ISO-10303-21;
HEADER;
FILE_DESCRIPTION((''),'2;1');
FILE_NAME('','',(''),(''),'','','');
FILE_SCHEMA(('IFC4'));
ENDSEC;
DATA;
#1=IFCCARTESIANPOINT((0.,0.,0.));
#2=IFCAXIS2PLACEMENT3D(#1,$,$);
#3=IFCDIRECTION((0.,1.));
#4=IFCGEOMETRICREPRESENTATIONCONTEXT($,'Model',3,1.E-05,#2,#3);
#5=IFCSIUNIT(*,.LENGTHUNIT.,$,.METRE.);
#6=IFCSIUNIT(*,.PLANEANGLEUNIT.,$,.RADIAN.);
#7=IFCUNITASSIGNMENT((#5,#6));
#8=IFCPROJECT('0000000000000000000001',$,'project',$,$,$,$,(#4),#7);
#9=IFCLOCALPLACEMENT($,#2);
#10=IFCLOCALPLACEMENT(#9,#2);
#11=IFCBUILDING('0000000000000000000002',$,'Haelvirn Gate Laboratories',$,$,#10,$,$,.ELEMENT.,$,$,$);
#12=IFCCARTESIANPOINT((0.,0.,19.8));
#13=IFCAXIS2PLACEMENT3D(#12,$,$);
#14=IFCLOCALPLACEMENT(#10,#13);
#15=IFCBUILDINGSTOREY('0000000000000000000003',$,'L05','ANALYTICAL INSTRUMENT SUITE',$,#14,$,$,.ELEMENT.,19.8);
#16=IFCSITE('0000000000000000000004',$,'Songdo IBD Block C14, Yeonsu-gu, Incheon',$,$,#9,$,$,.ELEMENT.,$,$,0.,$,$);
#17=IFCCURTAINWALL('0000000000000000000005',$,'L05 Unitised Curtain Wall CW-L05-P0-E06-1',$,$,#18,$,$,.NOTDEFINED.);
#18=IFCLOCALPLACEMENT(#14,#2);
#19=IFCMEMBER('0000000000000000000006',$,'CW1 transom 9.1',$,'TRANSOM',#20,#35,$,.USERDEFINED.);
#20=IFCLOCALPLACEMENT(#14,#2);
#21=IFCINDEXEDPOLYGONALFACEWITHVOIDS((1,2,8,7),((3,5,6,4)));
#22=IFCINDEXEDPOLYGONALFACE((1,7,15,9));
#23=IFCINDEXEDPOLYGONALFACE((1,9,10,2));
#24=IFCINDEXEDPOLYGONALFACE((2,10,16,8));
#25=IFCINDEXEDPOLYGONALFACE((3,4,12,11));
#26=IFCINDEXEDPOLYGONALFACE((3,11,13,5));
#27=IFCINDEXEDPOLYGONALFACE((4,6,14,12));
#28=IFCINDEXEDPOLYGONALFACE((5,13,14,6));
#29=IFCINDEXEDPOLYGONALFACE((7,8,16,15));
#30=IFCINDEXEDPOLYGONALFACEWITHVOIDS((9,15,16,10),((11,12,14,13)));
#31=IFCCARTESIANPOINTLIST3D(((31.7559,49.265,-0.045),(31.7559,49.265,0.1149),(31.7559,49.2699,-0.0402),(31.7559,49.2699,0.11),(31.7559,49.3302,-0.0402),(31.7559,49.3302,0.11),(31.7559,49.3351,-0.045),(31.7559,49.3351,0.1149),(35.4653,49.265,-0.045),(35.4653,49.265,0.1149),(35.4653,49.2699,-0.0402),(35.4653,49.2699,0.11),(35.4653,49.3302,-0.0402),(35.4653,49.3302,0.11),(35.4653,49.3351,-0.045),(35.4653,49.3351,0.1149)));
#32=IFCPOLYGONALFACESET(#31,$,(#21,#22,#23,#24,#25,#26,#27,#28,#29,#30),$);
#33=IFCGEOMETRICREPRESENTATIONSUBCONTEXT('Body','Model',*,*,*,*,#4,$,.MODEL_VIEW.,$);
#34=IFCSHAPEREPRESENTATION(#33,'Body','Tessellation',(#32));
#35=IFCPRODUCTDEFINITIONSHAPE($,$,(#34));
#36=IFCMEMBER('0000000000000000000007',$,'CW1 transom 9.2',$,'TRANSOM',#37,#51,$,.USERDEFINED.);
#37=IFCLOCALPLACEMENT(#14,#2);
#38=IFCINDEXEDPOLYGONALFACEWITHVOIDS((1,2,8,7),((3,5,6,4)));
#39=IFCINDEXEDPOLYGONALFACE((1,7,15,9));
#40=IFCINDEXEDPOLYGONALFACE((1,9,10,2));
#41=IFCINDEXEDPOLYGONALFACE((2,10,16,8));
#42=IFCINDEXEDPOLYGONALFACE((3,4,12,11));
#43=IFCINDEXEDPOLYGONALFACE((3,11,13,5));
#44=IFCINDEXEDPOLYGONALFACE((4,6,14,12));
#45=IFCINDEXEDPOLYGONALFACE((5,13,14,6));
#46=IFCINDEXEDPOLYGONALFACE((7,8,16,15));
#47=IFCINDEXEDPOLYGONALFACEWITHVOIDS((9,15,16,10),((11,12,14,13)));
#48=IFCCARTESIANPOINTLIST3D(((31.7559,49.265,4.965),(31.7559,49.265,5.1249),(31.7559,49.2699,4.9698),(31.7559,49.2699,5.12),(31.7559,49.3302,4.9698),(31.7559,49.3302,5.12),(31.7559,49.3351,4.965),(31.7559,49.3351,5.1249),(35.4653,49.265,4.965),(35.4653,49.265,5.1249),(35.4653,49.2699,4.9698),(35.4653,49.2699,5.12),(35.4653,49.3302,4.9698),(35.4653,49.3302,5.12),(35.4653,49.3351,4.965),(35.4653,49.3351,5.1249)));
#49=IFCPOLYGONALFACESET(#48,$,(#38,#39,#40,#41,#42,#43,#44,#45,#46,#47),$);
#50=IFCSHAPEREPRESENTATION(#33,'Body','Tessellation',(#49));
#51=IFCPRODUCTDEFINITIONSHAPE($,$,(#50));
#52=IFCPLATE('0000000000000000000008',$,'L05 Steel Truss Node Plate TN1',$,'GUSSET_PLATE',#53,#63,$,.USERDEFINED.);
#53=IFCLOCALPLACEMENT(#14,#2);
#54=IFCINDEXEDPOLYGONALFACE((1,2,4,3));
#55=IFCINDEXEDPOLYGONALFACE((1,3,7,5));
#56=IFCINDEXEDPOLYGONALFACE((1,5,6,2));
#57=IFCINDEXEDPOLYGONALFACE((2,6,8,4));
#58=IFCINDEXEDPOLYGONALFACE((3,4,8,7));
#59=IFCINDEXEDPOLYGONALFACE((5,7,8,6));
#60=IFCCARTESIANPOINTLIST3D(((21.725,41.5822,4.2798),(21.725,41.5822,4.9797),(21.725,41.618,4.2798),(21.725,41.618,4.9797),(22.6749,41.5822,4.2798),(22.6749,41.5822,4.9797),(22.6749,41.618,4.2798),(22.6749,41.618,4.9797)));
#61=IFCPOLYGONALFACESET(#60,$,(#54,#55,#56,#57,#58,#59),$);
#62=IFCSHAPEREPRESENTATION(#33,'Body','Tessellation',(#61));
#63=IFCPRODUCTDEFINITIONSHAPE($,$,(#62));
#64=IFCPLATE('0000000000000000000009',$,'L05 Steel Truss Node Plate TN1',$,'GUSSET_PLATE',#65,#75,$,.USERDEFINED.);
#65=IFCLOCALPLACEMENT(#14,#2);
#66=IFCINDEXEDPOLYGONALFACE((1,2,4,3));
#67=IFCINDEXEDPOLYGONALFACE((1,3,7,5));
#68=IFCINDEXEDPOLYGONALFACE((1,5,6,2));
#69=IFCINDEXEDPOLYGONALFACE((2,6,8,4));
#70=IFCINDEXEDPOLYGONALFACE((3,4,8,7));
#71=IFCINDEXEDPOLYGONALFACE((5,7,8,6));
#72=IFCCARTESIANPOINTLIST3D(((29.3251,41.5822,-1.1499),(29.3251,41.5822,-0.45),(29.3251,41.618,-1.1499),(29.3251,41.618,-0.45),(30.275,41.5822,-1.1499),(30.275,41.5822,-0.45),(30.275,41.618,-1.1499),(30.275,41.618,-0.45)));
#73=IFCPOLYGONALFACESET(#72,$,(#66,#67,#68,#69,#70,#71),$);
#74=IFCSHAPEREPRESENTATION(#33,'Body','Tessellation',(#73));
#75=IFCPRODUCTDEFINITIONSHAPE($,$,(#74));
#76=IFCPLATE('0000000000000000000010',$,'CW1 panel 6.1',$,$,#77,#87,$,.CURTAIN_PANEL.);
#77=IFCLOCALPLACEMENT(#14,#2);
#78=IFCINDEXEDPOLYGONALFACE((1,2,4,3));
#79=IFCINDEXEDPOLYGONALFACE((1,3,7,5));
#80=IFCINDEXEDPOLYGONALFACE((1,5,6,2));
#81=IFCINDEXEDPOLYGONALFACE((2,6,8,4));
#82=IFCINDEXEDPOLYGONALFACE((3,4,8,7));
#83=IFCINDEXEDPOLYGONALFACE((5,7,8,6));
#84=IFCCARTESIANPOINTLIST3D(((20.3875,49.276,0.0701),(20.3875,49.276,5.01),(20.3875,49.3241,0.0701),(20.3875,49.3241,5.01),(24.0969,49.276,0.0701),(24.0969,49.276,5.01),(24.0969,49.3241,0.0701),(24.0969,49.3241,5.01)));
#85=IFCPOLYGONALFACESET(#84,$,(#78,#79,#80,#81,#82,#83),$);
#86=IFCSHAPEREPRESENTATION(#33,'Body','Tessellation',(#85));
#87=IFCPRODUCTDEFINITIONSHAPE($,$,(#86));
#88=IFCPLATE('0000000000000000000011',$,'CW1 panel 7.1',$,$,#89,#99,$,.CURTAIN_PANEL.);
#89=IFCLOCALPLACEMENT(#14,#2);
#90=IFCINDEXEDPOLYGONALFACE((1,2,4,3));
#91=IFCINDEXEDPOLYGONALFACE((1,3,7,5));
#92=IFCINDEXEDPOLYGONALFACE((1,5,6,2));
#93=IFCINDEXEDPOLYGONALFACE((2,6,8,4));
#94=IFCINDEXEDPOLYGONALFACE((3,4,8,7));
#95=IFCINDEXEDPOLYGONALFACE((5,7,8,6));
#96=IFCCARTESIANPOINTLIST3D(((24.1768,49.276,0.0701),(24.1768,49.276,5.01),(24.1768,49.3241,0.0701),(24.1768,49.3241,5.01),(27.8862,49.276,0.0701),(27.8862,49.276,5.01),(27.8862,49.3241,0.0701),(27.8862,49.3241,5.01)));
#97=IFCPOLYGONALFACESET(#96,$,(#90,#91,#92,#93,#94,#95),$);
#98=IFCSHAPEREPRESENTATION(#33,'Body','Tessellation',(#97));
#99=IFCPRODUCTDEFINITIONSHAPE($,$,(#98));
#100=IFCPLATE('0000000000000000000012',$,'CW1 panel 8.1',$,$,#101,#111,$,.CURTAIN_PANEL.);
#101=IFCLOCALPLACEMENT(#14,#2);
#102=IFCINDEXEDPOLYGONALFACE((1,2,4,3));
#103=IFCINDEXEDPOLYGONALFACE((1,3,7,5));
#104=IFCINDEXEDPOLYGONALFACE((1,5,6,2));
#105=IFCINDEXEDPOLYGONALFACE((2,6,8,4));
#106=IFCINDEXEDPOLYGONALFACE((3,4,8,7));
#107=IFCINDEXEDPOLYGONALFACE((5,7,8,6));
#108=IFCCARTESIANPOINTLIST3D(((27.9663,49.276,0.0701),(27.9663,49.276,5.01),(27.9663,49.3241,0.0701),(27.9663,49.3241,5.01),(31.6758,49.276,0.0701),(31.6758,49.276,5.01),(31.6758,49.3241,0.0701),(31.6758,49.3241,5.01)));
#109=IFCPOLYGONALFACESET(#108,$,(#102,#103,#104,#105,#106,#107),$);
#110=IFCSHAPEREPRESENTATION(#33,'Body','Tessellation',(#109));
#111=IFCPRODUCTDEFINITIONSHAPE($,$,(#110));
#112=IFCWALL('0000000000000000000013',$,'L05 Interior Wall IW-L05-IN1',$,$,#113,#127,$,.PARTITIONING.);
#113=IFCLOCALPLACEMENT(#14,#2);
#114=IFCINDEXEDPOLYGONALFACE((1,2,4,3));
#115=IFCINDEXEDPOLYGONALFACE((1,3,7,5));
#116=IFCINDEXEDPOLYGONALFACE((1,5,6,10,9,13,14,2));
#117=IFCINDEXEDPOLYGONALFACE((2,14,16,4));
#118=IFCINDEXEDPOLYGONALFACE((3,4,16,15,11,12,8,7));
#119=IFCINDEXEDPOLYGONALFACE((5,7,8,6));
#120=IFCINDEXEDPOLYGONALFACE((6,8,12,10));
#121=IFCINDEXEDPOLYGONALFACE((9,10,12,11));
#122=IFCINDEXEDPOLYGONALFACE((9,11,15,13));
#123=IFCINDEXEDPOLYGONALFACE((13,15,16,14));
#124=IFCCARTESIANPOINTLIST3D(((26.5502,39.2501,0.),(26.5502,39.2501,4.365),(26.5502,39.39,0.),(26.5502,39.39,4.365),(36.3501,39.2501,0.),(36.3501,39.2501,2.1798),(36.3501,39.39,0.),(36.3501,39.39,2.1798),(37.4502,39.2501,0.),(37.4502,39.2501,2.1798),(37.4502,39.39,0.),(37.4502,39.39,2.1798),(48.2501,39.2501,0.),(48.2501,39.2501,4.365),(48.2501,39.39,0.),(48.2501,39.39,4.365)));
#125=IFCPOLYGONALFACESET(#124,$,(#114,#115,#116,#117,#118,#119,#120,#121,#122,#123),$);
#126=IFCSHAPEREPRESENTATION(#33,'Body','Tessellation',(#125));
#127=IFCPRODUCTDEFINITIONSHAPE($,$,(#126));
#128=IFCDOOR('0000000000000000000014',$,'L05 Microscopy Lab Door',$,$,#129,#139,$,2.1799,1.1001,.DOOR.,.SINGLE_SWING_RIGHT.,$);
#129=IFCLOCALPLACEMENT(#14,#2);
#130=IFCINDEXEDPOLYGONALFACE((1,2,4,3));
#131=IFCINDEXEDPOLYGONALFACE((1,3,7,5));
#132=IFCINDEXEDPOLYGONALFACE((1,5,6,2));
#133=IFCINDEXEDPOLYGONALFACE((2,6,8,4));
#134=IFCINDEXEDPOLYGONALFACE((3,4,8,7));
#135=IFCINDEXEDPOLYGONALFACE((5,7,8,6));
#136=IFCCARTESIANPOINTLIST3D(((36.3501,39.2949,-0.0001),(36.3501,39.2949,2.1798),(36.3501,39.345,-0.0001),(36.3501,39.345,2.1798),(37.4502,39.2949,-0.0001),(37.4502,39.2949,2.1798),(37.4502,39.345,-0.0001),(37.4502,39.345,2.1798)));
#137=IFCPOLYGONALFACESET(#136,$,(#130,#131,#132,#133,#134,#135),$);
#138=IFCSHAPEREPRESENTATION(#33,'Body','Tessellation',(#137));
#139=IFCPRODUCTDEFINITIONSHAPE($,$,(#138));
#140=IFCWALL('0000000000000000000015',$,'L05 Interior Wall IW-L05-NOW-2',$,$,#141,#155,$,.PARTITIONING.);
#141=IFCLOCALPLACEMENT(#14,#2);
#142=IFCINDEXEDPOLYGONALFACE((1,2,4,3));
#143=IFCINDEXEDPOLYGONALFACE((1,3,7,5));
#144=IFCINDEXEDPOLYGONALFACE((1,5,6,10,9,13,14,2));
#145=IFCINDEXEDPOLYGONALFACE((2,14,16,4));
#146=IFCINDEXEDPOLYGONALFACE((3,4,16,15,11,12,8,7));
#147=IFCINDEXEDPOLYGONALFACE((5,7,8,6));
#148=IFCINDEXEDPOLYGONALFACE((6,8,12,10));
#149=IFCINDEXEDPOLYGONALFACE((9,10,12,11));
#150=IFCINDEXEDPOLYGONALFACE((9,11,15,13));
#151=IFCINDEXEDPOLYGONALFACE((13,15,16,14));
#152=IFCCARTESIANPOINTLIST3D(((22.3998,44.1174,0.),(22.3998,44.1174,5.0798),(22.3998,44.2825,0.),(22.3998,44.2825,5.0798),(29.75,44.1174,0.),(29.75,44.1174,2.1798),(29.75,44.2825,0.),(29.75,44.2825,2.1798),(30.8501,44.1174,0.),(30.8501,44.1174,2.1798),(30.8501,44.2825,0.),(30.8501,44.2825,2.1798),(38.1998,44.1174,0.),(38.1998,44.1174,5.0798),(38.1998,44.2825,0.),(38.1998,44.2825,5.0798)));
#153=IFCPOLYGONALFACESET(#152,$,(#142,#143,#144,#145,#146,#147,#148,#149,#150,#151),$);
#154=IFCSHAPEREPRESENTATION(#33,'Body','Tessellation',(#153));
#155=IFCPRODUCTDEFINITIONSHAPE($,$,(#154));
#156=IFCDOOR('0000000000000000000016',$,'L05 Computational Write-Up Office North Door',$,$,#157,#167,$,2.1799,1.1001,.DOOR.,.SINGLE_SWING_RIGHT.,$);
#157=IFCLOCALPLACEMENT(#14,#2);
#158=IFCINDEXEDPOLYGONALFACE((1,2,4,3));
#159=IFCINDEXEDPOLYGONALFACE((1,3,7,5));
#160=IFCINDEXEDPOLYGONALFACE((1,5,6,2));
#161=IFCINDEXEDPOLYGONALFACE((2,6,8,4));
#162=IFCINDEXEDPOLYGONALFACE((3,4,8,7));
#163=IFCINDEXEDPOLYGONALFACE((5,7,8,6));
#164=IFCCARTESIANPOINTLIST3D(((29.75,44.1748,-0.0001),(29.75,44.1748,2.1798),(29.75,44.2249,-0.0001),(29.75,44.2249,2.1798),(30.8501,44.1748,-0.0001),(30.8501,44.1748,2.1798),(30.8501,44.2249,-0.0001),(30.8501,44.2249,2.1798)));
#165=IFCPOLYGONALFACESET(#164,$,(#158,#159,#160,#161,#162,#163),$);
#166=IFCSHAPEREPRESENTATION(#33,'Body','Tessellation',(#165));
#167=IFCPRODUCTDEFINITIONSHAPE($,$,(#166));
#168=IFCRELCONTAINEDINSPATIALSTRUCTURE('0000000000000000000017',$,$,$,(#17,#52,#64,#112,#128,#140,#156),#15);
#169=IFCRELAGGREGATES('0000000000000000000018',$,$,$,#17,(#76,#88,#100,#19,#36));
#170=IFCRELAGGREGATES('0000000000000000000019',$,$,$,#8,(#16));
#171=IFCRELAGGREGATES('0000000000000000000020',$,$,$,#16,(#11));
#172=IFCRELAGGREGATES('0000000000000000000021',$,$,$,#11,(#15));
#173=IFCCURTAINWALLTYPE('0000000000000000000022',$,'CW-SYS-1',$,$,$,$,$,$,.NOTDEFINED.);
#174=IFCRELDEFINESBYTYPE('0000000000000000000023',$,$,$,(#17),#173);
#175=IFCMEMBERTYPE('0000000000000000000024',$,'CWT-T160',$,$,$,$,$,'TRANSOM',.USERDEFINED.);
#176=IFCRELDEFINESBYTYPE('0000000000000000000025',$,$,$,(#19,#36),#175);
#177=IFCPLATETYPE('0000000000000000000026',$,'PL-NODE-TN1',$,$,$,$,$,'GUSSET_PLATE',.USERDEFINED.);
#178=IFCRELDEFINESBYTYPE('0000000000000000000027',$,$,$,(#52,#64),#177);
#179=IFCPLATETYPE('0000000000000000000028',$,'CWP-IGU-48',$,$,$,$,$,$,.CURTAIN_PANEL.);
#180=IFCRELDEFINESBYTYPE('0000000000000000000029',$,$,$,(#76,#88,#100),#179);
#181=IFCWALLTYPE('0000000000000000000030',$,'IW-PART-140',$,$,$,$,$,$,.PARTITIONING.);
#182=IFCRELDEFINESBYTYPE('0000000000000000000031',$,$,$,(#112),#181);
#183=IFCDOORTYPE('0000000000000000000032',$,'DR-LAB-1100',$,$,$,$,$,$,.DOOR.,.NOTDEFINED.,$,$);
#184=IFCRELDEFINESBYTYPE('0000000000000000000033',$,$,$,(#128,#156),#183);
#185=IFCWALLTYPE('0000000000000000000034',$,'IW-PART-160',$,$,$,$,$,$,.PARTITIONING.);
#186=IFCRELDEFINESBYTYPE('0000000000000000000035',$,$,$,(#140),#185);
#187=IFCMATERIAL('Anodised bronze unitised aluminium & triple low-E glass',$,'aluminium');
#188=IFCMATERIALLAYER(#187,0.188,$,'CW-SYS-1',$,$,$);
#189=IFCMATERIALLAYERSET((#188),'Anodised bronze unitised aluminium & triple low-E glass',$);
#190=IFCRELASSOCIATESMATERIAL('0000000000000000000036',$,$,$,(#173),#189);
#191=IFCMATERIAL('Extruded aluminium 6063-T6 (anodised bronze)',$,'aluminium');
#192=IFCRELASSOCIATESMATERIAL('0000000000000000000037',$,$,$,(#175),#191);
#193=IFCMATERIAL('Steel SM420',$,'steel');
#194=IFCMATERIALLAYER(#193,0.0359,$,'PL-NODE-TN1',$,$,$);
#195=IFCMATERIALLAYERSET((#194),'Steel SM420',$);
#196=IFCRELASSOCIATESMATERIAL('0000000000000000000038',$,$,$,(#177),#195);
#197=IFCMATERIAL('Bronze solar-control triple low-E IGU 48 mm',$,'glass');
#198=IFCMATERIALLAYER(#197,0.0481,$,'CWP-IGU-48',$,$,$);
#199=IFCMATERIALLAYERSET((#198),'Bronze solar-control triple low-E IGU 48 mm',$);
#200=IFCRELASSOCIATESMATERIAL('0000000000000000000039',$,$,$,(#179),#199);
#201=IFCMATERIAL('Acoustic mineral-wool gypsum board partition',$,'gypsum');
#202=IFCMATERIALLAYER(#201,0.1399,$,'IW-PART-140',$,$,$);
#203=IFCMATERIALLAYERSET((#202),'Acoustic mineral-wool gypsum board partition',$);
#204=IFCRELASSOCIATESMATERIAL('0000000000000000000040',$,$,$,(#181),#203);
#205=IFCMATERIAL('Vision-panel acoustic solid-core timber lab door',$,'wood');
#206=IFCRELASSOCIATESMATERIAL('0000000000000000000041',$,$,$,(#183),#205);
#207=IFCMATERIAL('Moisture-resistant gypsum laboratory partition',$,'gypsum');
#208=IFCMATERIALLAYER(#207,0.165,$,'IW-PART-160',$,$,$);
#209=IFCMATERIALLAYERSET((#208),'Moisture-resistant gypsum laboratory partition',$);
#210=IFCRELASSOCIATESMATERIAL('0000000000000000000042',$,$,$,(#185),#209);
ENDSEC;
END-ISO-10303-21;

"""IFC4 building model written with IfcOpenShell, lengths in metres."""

from ifc_helpers import new_model, si_unit, direction, frame, frame_2d, origin, origin_2d, place, context, subcontext, project, spatial, rectangle, hollow_rectangle, extrude, source, transform, mapped, material, layer, layer_set, material_profile, profile_set, type_object, type_shapes, element, fill, aggregate, save


model = new_model("IFC4")

# Units and contexts
model_context = context("Model", 3, precision=1e-05, world=origin(), true_north=direction((0.0, 1.0)))
body_context = subcontext(model_context, "Body", "Model", "MODEL_VIEW")
ifc_project = project(units=[si_unit("LENGTHUNIT", "METRE"), si_unit("PLANEANGLEUNIT", "RADIAN")], contexts=[model_context])

# Site, building, storey
site_placement = place(None, origin())
site = spatial("IfcSite", under=ifc_project, at=site_placement, Name="Songdo IBD Block C14, Yeonsu-gu, Incheon", CompositionType="ELEMENT", RefElevation=0.0)
building_placement = place(site_placement, origin())
building = spatial("IfcBuilding", under=site, at=building_placement, Name="Haelvirn Gate Laboratories", CompositionType="ELEMENT")
storey_placement = place(building_placement, frame((0.0, 0.0, 19.8)))
storey = spatial("IfcBuildingStorey", under=building, at=storey_placement, Name="L05", Description="ANALYTICAL INSTRUMENT SUITE", CompositionType="ELEMENT", Elevation=19.8)

# Shared definitions
ifc_material_1 = material(Name="Steel SM420", Category="steel")

# Curtain wall, members
ifc_material_2 = material(Name="Anodised bronze unitised aluminium & triple low-E glass", Category="aluminium")
ifc_layer_1 = layer(ifc_material_2, 0.188, Name="CW-SYS-1")
ifc_layer_set_1 = layer_set([ifc_layer_1], Name="Anodised bronze unitised aluminium & triple low-E glass")
curtain_wall_type = type_object("IfcCurtainWallType", Name="CW-SYS-1", PredefinedType="NOTDEFINED", material=ifc_layer_set_1)
curtain_wall_placement = place(storey_placement, origin())
curtain_wall = element("IfcCurtainWall", 1, at=curtain_wall_placement, inside=storey, type_object=curtain_wall_type, Name="L05 Unitised Curtain Wall CW-L05-P0-E06-1", PredefinedType="NOTDEFINED")
ifc_material_3 = material(Name="Extruded aluminium 6063-T6 (anodised bronze)", Category="aluminium")
ifc_material_profile_1 = material_profile(ifc_material_3, hollow_rectangle(XDim=0.0701, YDim=0.1599, WallThickness=0.0049, at=origin_2d()), Name="CWT-160x70x5")
ifc_profile_set_1 = profile_set([ifc_material_profile_1], Name="Extruded aluminium 6063-T6 (anodised bronze)")
member_type_1 = type_object("IfcMemberType", Name="CWT-T160", ElementType="TRANSOM", PredefinedType="USERDEFINED", material=ifc_profile_set_1)
shared_shape_1 = source(origin(), body_context, "Body", "SweptSolid", [
    extrude(hollow_rectangle(XDim=0.0701, YDim=0.1599, WallThickness=0.0049, at=origin_2d()), origin(), (0.0, 0.0, 1.0), 3.7095),
])
type_shapes(member_type_1, [shared_shape_1])
member_1_placement = place(storey_placement, frame((31.7559, 49.3, 0.0349), z_axis=(1.0, 0.0, 0.0), x_axis=(0.0, 1.0, 0.0)))
member_1 = element("IfcMember", 2, at=member_1_placement, type_object=member_type_1, Name="CW1 transom 9.1", ObjectType="TRANSOM", PredefinedType="USERDEFINED", context=body_context, shape_type="MappedRepresentation", body=[
    mapped(shared_shape_1, transform((0.0, 0.0, 0.0), scale=1.0)),
])
member_2_placement = place(storey_placement, frame((31.7559, 49.3, 5.0449), z_axis=(1.0, 0.0, 0.0), x_axis=(0.0, 1.0, 0.0)))
member_2 = element("IfcMember", 3, at=member_2_placement, type_object=member_type_1, Name="CW1 transom 9.2", ObjectType="TRANSOM", PredefinedType="USERDEFINED", context=body_context, shape_type="MappedRepresentation", body=[
    mapped(shared_shape_1, transform((0.0, 0.0, 0.0), scale=1.0)),
])

# Plates
ifc_layer_2 = layer(ifc_material_1, 0.0359, Name="PL-NODE-TN1")
ifc_layer_set_2 = layer_set([ifc_layer_2], Name="Steel SM420")
plate_type_1 = type_object("IfcPlateType", Name="PL-NODE-TN1", ElementType="GUSSET_PLATE", PredefinedType="USERDEFINED", material=ifc_layer_set_2)
shared_shape_2 = source(origin(), body_context, "Body", "SweptSolid", [
    extrude(rectangle(XDim=0.95, YDim=0.0359, at=origin_2d()), origin(), (0.0, 0.0, 1.0), 0.7),
])
type_shapes(plate_type_1, [shared_shape_2])
for number, where, z_axis, x_axis, name in (
    (4, (22.2, 41.6001, 4.2798), (0.0, 0.0, 1.0), (1.0, 0.0, 0.0), "L05 Steel Truss Node Plate TN1"),
    (5, (29.8, 41.6001, -1.1499), (0.0, 0.0, 1.0), (1.0, 0.0, 0.0), "L05 Steel Truss Node Plate TN1"),
):
    element("IfcPlate", number, at=place(storey_placement, frame(where, z_axis=z_axis, x_axis=x_axis)), inside=storey, type_object=plate_type_1, Name=name, ObjectType="GUSSET_PLATE", PredefinedType="USERDEFINED", context=body_context, shape_type="MappedRepresentation", body=[
        mapped(shared_shape_2, transform((0.0, 0.0, 0.0), scale=1.0)),
    ])

# Plates
ifc_material_4 = material(Name="Bronze solar-control triple low-E IGU 48 mm", Category="glass")
ifc_layer_3 = layer(ifc_material_4, 0.0481, Name="CWP-IGU-48")
ifc_layer_set_3 = layer_set([ifc_layer_3], Name="Bronze solar-control triple low-E IGU 48 mm")
plate_type_2 = type_object("IfcPlateType", Name="CWP-IGU-48", PredefinedType="CURTAIN_PANEL", material=ifc_layer_set_3)
shared_shape_3 = source(origin(), body_context, "Body", "SweptSolid", [
    extrude(rectangle(XDim=3.7095, YDim=0.0481, at=origin_2d()), origin(), (0.0, 0.0, 1.0), 4.9399),
])
type_shapes(plate_type_2, [shared_shape_3])
plate_1_placement = place(storey_placement, frame((22.2422, 49.3, 0.0701), z_axis=(0.0, 0.0, 1.0), x_axis=(1.0, 0.0, 0.0)))
plate_1 = element("IfcPlate", 6, at=plate_1_placement, type_object=plate_type_2, Name="CW1 panel 6.1", PredefinedType="CURTAIN_PANEL", context=body_context, shape_type="MappedRepresentation", body=[
    mapped(shared_shape_3, transform((0.0, 0.0, 0.0), scale=1.0)),
])
plate_2_placement = place(storey_placement, frame((26.0315, 49.3, 0.0701), z_axis=(0.0, 0.0, 1.0), x_axis=(1.0, 0.0, 0.0)))
plate_2 = element("IfcPlate", 7, at=plate_2_placement, type_object=plate_type_2, Name="CW1 panel 7.1", PredefinedType="CURTAIN_PANEL", context=body_context, shape_type="MappedRepresentation", body=[
    mapped(shared_shape_3, transform((0.0, 0.0, 0.0), scale=1.0)),
])
plate_3_placement = place(storey_placement, frame((29.821, 49.3, 0.0701), z_axis=(0.0, 0.0, 1.0), x_axis=(1.0, 0.0, 0.0)))
plate_3 = element("IfcPlate", 8, at=plate_3_placement, type_object=plate_type_2, Name="CW1 panel 8.1", PredefinedType="CURTAIN_PANEL", context=body_context, shape_type="MappedRepresentation", body=[
    mapped(shared_shape_3, transform((0.0, 0.0, 0.0), scale=1.0)),
])
aggregate(curtain_wall, [plate_1, plate_2, plate_3, member_1, member_2])

# Walls, openings, doors
ifc_material_5 = material(Name="Acoustic mineral-wool gypsum board partition", Category="gypsum")
ifc_layer_4 = layer(ifc_material_5, 0.1399, Name="IW-PART-140")
ifc_layer_set_4 = layer_set([ifc_layer_4], Name="Acoustic mineral-wool gypsum board partition")
wall_type_1 = type_object("IfcWallType", Name="IW-PART-140", PredefinedType="PARTITIONING", material=ifc_layer_set_4)
wall_1_placement = place(storey_placement, frame((26.55, 39.3201, 0.0), z_axis=(0.0, 0.0, 1.0), x_axis=(1.0, 0.0, 0.0)))
wall_1 = element("IfcWall", 9, at=wall_1_placement, inside=storey, type_object=wall_type_1, Name="L05 Interior Wall IW-L05-IN1", PredefinedType="PARTITIONING", context=body_context, shape_type="SweptSolid", body=[
    extrude(rectangle(XDim=21.7, YDim=0.1399, at=frame_2d((10.8501, 0.0))), origin(), (0.0, 0.0, 1.0), 4.365),
])
opening_1_placement = place(wall_1_placement, frame((9.8, 0.0, 0.0)))
opening_1 = element("IfcOpeningElement", 10, at=opening_1_placement, cuts=wall_1, PredefinedType="OPENING", context=body_context, shape_type="SweptSolid", body=[
    extrude(rectangle(XDim=1.1001, YDim=2.1799, at=frame_2d((0.55, 1.0898))), frame((0.0, 0.0801, 0.0), z_axis=(0.0, -1.0, 0.0), x_axis=(1.0, 0.0, 0.0)), (0.0, 0.0, 1.0), 0.1599),
])
ifc_material_6 = material(Name="Vision-panel acoustic solid-core timber lab door", Category="wood")
door_type = type_object("IfcDoorType", Name="DR-LAB-1100", OperationType="NOTDEFINED", PredefinedType="DOOR", material=ifc_material_6)
shared_shape_4 = source(origin(), body_context, "Body", "SweptSolid", [
    extrude(rectangle(XDim=1.1001, YDim=2.1799, at=frame_2d((0.55, 1.0898))), frame((0.0, 0.0249, 0.0), z_axis=(0.0, -1.0, 0.0), x_axis=(1.0, 0.0, 0.0)), (0.0, 0.0, 1.0), 0.05),
])
type_shapes(door_type, [shared_shape_4])
door_1_placement = place(opening_1_placement, origin())
door_1 = element("IfcDoor", 11, at=door_1_placement, inside=storey, type_object=door_type, Name="L05 Microscopy Lab Door", OperationType="SINGLE_SWING_RIGHT", OverallHeight=2.1799, OverallWidth=1.1001, PredefinedType="DOOR", context=body_context, shape_type="MappedRepresentation", body=[
    mapped(shared_shape_4, transform((0.0, 0.0, 0.0), scale=1.0)),
])
fill(opening_1, door_1)
ifc_material_7 = material(Name="Moisture-resistant gypsum laboratory partition", Category="gypsum")
ifc_layer_5 = layer(ifc_material_7, 0.165, Name="IW-PART-160")
ifc_layer_set_5 = layer_set([ifc_layer_5], Name="Moisture-resistant gypsum laboratory partition")
wall_type_2 = type_object("IfcWallType", Name="IW-PART-160", PredefinedType="PARTITIONING", material=ifc_layer_set_5)
wall_2_placement = place(storey_placement, frame((22.3999, 44.2, 0.0), z_axis=(0.0, 0.0, 1.0), x_axis=(1.0, 0.0, 0.0)))
wall_2 = element("IfcWall", 12, at=wall_2_placement, inside=storey, type_object=wall_type_2, Name="L05 Interior Wall IW-L05-NOW-2", PredefinedType="PARTITIONING", context=body_context, shape_type="SweptSolid", body=[
    extrude(rectangle(XDim=15.8, YDim=0.165, at=frame_2d((7.8999, 0.0))), origin(), (0.0, 0.0, 1.0), 5.0798),
])
opening_2_placement = place(wall_2_placement, frame((7.3501, 0.0, 0.0)))
opening_2 = element("IfcOpeningElement", 13, at=opening_2_placement, cuts=wall_2, PredefinedType="OPENING", context=body_context, shape_type="SweptSolid", body=[
    extrude(rectangle(XDim=1.1001, YDim=2.1799, at=frame_2d((0.55, 1.0898))), frame((0.0, 0.0925, 0.0), z_axis=(0.0, -1.0, 0.0), x_axis=(1.0, 0.0, 0.0)), (0.0, 0.0, 1.0), 0.1851),
])
door_2_placement = place(opening_2_placement, origin())
door_2 = element("IfcDoor", 14, at=door_2_placement, inside=storey, type_object=door_type, Name="L05 Computational Write-Up Office North Door", OperationType="SINGLE_SWING_RIGHT", OverallHeight=2.1799, OverallWidth=1.1001, PredefinedType="DOOR", context=body_context, shape_type="MappedRepresentation", body=[
    mapped(shared_shape_4, transform((0.0, 0.0, 0.0), scale=1.0)),
])
fill(opening_2, door_2)

save(model, "model.ifc")
